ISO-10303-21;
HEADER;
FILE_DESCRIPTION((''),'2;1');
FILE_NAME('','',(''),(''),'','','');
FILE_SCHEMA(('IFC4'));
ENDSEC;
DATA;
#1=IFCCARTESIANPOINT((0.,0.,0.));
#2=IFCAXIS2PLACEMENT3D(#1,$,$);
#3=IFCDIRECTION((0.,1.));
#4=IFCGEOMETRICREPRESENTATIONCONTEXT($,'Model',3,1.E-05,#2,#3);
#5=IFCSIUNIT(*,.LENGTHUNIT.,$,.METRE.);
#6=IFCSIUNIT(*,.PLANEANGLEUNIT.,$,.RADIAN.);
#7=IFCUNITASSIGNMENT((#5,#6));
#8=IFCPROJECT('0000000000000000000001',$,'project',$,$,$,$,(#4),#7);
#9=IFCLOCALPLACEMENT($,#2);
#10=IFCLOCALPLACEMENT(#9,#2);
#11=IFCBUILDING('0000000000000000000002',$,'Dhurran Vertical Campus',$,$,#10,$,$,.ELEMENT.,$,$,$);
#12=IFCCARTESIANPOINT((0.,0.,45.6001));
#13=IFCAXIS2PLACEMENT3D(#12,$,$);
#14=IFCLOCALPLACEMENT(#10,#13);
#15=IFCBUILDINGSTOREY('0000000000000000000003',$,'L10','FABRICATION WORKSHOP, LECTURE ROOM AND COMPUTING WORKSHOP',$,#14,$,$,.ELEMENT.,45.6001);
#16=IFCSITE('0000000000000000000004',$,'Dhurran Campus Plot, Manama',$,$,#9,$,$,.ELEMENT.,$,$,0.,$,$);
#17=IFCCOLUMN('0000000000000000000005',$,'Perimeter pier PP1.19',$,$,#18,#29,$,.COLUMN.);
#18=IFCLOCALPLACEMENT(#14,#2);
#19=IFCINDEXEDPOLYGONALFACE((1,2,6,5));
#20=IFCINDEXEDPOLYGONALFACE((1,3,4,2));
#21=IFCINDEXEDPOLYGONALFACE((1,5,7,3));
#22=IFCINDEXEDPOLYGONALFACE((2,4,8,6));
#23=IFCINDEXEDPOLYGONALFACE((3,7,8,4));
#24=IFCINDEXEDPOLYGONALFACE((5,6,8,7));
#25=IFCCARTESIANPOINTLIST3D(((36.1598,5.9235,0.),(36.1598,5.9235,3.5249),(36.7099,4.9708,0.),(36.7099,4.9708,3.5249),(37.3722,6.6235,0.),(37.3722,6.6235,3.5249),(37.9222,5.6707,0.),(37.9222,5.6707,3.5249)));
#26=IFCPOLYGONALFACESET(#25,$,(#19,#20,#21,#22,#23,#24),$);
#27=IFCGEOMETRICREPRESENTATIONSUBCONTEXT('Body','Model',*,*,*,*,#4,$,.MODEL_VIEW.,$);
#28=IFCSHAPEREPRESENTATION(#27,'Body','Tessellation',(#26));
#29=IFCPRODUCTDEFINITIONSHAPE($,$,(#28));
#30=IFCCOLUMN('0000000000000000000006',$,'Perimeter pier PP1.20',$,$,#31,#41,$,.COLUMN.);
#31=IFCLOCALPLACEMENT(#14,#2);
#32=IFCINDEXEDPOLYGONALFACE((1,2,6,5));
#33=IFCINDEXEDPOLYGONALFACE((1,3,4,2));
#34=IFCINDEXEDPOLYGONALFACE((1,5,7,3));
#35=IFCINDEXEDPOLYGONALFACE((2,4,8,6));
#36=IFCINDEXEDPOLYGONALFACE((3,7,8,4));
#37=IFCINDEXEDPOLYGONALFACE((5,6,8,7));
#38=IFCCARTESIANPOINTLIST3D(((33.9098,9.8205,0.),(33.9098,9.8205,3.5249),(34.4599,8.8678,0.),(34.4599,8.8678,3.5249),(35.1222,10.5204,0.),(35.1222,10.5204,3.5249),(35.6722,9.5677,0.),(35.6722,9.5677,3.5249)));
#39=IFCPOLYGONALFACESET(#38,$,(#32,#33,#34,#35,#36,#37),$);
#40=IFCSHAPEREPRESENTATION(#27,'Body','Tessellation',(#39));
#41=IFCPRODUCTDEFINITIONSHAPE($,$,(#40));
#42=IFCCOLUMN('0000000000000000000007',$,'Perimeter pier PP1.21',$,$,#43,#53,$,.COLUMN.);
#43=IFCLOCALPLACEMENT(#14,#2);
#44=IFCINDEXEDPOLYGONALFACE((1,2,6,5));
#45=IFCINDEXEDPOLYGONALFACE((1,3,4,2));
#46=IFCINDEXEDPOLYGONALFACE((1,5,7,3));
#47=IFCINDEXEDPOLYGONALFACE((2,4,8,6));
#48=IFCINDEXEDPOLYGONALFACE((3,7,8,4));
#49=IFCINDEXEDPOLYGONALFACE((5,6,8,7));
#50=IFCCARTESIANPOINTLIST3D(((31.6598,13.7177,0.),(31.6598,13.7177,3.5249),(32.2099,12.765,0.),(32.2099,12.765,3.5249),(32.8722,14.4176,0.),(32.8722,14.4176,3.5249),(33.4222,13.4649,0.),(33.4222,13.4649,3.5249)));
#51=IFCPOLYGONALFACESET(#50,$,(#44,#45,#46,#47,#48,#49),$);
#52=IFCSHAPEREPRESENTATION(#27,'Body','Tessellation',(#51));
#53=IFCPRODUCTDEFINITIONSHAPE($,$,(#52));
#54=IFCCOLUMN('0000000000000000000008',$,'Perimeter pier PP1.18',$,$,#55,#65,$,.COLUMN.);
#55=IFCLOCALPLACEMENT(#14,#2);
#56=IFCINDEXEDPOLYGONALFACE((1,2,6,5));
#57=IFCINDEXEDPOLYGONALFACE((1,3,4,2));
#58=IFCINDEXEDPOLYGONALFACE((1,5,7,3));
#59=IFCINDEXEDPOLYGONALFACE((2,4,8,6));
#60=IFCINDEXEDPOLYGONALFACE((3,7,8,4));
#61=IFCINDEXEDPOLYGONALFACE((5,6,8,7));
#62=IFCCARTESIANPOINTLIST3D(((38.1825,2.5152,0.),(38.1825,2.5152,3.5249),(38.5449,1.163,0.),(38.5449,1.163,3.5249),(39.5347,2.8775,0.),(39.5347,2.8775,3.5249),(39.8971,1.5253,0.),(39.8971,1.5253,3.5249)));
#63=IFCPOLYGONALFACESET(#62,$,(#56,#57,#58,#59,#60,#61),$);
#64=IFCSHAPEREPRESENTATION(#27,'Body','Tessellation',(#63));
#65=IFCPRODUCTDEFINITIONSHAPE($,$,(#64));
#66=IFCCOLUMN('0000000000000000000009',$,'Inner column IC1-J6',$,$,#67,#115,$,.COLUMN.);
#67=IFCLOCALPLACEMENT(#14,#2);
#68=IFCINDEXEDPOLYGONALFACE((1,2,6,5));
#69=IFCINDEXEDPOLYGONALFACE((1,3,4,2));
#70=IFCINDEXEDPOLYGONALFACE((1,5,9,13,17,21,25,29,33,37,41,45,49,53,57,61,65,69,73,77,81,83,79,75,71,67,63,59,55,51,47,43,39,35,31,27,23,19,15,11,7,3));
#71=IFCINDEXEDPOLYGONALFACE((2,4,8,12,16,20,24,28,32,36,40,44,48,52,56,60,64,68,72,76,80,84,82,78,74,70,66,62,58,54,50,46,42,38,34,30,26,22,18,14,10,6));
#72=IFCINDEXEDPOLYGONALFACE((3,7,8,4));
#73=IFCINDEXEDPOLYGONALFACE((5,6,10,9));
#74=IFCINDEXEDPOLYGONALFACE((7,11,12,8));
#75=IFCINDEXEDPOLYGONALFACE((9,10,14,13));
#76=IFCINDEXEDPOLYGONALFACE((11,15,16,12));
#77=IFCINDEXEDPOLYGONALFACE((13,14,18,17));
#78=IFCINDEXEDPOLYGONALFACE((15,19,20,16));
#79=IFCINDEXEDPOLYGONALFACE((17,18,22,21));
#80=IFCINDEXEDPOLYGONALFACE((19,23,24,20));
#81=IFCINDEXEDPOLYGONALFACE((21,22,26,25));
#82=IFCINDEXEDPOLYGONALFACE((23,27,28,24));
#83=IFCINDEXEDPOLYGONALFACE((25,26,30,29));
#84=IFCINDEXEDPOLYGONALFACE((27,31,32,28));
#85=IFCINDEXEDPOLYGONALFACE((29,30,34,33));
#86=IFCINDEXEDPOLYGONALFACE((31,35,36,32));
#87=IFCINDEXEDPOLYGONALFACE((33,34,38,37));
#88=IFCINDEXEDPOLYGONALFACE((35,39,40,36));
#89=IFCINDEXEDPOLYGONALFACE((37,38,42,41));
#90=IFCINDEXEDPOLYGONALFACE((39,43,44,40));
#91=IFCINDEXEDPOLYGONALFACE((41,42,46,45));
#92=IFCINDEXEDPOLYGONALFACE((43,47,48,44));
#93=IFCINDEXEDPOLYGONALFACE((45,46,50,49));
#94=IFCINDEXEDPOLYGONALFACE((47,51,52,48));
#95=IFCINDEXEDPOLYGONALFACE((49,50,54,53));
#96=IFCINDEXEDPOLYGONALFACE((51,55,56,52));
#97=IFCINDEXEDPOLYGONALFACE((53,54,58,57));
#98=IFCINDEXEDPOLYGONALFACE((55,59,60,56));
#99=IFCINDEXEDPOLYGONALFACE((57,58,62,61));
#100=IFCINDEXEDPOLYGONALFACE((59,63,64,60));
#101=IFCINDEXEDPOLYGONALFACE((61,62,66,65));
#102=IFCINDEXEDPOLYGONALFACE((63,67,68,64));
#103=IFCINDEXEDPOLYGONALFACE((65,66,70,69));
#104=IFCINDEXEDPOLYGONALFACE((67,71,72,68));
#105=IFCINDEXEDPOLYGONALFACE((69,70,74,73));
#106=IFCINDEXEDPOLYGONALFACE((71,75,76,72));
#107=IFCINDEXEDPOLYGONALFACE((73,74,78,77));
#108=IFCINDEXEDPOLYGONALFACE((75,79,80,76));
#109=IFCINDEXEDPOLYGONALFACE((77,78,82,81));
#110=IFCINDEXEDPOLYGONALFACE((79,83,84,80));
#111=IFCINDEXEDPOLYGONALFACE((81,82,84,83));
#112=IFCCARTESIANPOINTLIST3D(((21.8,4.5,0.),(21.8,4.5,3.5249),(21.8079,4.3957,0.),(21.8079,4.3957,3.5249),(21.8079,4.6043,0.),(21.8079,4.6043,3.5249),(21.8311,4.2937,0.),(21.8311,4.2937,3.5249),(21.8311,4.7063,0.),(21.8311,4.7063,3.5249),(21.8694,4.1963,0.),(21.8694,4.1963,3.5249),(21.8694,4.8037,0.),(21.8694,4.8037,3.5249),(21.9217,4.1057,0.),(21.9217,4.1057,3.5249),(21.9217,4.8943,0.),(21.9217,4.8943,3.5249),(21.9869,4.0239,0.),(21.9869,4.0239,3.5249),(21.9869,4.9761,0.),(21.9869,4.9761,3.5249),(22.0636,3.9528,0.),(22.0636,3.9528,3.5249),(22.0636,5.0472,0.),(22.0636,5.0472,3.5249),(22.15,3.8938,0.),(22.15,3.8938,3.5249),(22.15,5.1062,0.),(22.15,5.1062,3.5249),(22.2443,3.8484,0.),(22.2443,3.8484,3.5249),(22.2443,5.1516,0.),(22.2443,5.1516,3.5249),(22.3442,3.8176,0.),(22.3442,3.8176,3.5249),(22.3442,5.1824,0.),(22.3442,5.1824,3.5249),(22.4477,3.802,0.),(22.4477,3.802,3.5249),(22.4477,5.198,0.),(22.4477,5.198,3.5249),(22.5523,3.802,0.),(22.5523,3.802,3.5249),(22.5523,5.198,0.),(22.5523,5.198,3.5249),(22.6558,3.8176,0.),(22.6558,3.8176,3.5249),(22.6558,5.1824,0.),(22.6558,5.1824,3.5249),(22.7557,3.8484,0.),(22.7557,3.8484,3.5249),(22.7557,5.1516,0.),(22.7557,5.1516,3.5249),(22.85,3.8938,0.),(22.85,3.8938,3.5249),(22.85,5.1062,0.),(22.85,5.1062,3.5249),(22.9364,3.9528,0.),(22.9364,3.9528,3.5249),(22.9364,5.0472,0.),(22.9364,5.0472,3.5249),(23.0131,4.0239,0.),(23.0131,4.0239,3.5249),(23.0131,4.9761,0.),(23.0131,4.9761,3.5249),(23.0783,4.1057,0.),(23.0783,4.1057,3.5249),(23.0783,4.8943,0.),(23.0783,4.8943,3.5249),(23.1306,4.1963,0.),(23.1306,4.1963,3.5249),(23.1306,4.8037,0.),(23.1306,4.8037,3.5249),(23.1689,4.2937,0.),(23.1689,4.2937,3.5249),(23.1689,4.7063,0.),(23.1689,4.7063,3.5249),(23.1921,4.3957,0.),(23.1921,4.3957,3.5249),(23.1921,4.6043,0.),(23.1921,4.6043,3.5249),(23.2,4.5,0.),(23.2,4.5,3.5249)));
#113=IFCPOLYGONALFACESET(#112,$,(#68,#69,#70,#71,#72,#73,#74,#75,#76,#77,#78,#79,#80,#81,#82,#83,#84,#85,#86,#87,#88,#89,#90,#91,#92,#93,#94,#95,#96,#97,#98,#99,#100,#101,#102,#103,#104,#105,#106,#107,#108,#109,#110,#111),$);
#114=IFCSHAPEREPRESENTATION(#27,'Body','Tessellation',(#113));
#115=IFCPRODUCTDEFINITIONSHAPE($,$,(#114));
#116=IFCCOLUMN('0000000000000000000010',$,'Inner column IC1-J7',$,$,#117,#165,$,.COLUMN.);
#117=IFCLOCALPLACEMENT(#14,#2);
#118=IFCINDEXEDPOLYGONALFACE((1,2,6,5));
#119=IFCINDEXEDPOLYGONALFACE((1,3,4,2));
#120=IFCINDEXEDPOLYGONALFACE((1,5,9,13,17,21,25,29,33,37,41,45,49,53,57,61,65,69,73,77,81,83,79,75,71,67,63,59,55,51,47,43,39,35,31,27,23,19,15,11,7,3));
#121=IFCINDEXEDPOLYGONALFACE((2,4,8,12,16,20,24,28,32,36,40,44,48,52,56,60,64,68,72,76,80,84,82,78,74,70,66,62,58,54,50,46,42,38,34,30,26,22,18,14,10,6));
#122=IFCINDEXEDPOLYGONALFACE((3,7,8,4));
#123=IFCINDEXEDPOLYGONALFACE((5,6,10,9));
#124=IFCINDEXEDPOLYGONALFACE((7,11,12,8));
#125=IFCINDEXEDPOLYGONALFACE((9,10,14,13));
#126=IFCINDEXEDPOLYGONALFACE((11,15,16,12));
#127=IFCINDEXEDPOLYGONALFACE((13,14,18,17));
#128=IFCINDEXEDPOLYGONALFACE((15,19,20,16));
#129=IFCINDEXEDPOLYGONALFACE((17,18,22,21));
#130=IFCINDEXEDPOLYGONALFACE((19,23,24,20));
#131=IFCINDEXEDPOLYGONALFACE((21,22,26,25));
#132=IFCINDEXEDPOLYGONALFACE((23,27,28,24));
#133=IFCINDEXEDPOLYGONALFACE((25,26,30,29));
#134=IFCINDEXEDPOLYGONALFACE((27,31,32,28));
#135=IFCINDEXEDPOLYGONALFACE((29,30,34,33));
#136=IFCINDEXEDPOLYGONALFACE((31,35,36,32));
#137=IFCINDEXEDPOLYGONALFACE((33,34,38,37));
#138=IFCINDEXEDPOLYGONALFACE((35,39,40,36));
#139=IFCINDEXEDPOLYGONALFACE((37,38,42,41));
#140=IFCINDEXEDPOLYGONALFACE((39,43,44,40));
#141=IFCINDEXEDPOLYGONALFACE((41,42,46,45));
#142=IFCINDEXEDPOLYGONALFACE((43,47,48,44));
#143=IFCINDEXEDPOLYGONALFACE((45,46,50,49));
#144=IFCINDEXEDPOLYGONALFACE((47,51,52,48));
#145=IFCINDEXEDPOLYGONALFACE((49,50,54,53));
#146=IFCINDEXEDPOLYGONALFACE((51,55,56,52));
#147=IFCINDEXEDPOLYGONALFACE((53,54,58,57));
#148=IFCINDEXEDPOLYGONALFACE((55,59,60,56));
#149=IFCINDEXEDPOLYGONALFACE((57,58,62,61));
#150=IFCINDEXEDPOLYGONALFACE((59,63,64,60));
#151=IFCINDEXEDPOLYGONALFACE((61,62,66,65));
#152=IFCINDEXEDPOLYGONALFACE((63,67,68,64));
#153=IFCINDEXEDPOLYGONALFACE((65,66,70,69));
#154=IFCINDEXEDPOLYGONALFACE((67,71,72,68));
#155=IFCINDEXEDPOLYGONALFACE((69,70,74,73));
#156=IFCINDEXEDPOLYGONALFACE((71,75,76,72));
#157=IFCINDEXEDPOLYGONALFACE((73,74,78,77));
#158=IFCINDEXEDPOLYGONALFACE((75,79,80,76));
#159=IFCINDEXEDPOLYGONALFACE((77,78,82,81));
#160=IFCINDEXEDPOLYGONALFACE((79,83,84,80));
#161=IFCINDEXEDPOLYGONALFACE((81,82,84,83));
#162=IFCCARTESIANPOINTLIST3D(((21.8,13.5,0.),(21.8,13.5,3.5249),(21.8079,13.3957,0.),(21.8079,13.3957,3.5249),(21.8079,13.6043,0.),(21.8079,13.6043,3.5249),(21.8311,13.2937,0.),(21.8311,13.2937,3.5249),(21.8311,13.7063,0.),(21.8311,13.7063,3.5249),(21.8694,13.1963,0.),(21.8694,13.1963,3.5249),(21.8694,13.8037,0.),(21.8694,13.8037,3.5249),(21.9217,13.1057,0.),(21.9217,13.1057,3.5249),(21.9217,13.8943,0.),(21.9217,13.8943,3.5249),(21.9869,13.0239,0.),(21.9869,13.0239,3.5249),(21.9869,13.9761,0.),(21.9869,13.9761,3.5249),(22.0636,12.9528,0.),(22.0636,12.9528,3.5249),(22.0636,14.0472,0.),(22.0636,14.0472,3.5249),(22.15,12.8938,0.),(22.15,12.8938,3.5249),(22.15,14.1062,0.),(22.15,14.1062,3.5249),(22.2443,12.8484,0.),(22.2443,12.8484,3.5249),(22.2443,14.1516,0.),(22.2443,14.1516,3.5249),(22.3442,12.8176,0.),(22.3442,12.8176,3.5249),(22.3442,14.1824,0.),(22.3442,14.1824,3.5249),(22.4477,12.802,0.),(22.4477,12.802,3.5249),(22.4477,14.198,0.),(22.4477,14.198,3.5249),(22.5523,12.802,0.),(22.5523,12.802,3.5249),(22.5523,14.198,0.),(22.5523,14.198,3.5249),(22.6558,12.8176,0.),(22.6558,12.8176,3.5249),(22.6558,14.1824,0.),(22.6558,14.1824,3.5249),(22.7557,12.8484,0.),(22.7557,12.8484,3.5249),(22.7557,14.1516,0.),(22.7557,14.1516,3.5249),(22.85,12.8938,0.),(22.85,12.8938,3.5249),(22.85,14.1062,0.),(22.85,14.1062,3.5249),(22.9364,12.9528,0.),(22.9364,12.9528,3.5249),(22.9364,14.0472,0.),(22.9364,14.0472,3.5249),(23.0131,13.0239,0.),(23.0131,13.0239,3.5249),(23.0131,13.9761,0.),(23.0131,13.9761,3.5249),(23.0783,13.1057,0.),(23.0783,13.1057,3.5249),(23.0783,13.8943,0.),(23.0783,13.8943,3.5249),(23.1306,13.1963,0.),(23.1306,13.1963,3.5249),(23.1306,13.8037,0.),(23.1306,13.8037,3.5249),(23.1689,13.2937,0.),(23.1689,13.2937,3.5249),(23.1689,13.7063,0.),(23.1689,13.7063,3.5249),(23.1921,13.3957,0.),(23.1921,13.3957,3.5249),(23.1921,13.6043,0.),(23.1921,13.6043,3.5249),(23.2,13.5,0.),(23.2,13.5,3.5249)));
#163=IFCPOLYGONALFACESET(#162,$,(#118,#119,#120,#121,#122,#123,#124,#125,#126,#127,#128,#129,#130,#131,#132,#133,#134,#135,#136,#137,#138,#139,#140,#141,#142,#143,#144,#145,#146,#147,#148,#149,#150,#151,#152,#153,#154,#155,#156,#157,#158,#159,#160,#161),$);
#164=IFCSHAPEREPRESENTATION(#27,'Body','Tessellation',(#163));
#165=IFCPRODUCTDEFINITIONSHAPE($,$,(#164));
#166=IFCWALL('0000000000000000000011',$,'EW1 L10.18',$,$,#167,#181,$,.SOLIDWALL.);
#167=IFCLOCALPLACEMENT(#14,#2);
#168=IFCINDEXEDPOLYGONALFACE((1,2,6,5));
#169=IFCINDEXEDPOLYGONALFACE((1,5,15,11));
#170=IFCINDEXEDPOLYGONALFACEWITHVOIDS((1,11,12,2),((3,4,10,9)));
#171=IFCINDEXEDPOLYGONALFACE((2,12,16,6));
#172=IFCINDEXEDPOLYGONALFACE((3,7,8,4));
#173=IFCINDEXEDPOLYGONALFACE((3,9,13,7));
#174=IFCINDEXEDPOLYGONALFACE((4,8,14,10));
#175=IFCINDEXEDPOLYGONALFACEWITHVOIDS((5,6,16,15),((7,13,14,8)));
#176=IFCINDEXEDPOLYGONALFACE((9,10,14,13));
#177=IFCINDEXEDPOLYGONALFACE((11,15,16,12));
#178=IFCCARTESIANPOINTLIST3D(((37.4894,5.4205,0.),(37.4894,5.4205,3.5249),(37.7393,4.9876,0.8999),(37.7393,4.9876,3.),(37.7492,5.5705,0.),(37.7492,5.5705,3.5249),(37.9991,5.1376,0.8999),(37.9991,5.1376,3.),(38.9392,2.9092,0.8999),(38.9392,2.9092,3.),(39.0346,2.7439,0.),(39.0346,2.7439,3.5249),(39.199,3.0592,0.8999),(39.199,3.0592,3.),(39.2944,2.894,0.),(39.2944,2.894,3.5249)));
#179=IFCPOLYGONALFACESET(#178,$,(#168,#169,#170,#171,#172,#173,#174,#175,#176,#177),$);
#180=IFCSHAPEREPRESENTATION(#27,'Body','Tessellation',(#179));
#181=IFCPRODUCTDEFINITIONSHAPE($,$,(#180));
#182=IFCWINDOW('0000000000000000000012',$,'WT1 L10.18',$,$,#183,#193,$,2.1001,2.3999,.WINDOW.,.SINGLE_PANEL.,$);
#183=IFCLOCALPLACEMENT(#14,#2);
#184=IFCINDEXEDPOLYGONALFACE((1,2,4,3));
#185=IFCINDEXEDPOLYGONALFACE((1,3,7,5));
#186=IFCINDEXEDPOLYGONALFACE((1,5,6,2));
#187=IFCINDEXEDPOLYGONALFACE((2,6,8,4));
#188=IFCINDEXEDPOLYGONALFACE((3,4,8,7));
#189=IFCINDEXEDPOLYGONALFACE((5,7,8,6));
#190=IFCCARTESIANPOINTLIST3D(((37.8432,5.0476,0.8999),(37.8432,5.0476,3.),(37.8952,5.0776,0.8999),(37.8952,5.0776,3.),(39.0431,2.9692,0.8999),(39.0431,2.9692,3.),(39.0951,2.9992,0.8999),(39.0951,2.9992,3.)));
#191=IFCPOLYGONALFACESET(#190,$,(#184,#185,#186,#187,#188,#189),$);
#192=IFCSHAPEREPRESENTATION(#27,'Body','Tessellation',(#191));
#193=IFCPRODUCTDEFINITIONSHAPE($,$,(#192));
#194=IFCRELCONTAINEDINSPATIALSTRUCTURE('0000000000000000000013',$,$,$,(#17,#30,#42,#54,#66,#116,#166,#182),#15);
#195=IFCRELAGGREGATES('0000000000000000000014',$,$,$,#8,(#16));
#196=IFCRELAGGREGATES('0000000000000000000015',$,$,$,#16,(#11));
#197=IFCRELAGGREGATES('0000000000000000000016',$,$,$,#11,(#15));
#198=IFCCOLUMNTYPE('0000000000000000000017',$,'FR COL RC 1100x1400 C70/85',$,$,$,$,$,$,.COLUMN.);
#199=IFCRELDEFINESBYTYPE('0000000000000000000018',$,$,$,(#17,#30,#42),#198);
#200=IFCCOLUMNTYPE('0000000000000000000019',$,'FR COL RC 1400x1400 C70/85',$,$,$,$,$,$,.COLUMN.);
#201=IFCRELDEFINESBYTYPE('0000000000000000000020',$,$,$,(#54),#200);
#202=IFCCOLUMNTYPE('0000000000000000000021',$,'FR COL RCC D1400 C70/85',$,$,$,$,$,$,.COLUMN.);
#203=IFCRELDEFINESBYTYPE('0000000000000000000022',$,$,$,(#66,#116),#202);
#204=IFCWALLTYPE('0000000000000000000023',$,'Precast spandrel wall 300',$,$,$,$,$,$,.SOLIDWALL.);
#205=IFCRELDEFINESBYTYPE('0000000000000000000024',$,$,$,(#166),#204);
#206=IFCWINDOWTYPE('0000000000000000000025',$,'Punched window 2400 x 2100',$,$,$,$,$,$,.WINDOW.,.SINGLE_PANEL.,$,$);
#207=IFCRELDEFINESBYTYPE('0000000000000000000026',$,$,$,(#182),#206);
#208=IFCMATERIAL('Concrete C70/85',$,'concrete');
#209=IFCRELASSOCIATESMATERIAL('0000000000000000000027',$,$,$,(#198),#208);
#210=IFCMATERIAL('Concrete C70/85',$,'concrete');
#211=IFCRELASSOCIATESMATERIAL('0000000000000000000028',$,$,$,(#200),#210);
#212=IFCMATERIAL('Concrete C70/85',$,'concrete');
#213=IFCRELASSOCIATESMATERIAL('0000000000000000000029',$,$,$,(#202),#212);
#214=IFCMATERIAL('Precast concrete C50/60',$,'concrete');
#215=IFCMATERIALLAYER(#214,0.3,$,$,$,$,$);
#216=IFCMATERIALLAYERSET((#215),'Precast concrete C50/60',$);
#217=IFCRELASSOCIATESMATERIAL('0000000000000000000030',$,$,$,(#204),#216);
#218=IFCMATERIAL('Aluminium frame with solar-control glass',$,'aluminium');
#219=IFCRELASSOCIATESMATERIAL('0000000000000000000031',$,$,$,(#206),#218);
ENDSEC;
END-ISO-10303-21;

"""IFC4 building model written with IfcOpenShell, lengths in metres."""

from ifc_helpers import new_model, si_unit, direction, frame, frame_2d, origin, origin_2d, place, context, subcontext, project, spatial, rectangle, circle, extrude, material, layer, layer_set, material_profile, profile_set, type_object, element, fill, save


model = new_model("IFC4")

# Units and contexts
model_context = context("Model", 3, precision=1e-05, world=origin(), true_north=direction((0.0, 1.0)))
body_context = subcontext(model_context, "Body", "Model", "MODEL_VIEW")
ifc_project = project(units=[si_unit("LENGTHUNIT", "METRE"), si_unit("PLANEANGLEUNIT", "RADIAN")], contexts=[model_context])

# Site, building, storey
site_placement = place(None, origin())
site = spatial("IfcSite", under=ifc_project, at=site_placement, Name="Dhurran Campus Plot, Manama", CompositionType="ELEMENT", RefElevation=0.0)
building_placement = place(site_placement, origin())
building = spatial("IfcBuilding", under=site, at=building_placement, Name="Dhurran Vertical Campus", CompositionType="ELEMENT")
storey_placement = place(building_placement, frame((0.0, 0.0, 45.6001)))
storey = spatial("IfcBuildingStorey", under=building, at=storey_placement, Name="L10", Description="FABRICATION WORKSHOP, LECTURE ROOM AND COMPUTING WORKSHOP", CompositionType="ELEMENT", Elevation=45.6001)

# Columns
ifc_material_1 = material(Name="Concrete C70/85", Category="concrete")
ifc_material_profile_1 = material_profile(ifc_material_1, rectangle(XDim=1.1001, YDim=1.3999, at=origin_2d()), Name="RC 1100x1400")
ifc_profile_set_1 = profile_set([ifc_material_profile_1], Name="Concrete C70/85")
column_type_1 = type_object("IfcColumnType", Name="FR COL RC 1100x1400 C70/85", PredefinedType="COLUMN", material=ifc_profile_set_1)
for number, where, z_axis, x_axis, name in (
    (1, (37.041, 5.7971, 0.0), (0.0, 0.0, 1.0), (-0.5, 0.866025, 0.0), "Perimeter pier PP1.19"),
    (2, (34.791, 9.6941, 0.0), (0.0, 0.0, 1.0), (-0.5, 0.866025, 0.0), "Perimeter pier PP1.20"),
    (3, (32.541, 13.5913, 0.0), (0.0, 0.0, 1.0), (-0.5, 0.866025, 0.0), "Perimeter pier PP1.21"),
):
    element("IfcColumn", number, at=place(storey_placement, frame(where, z_axis=z_axis, x_axis=x_axis)), inside=storey, type_object=column_type_1, Name=name, PredefinedType="COLUMN", context=body_context, shape_type="SweptSolid", body=[
        extrude(rectangle(XDim=1.1001, YDim=1.3999, at=origin_2d()), origin(), (0.0, 0.0, 1.0), 3.5249),
    ])
ifc_material_2 = material(Name="Concrete C70/85", Category="concrete")
ifc_material_profile_2 = material_profile(ifc_material_2, rectangle(XDim=1.3999, YDim=1.3999, at=origin_2d()), Name="RC 1400x1400")
ifc_profile_set_2 = profile_set([ifc_material_profile_2], Name="Concrete C70/85")
column_type_2 = type_object("IfcColumnType", Name="FR COL RC 1400x1400 C70/85", PredefinedType="COLUMN", material=ifc_profile_set_2)
column_placement = place(storey_placement, frame((39.0398, 2.0203, 0.0), z_axis=(0.0, 0.0, 1.0), x_axis=(-0.258819, 0.965926, 0.0)))
element("IfcColumn", 4, at=column_placement, inside=storey, type_object=column_type_2, Name="Perimeter pier PP1.18", PredefinedType="COLUMN", context=body_context, shape_type="SweptSolid", body=[
    extrude(rectangle(XDim=1.3999, YDim=1.3999, at=origin_2d()), origin(), (0.0, 0.0, 1.0), 3.5249),
])
ifc_material_3 = material(Name="Concrete C70/85", Category="concrete")
ifc_material_profile_3 = material_profile(ifc_material_3, circle(Radius=0.7, at=origin_2d()), Name="RCC D1400")
ifc_profile_set_3 = profile_set([ifc_material_profile_3], Name="Concrete C70/85")
column_type_3 = type_object("IfcColumnType", Name="FR COL RCC D1400 C70/85", PredefinedType="COLUMN", material=ifc_profile_set_3)
for number, where, z_axis, x_axis, name in (
    (5, (22.5, 4.5, 0.0), (0.0, 0.0, 1.0), (1.0, 0.0, 0.0), "Inner column IC1-J6"),
    (6, (22.5, 13.5, 0.0), (0.0, 0.0, 1.0), (1.0, 0.0, 0.0), "Inner column IC1-J7"),
):
    element("IfcColumn", number, at=place(storey_placement, frame(where, z_axis=z_axis, x_axis=x_axis)), inside=storey, type_object=column_type_3, Name=name, PredefinedType="COLUMN", context=body_context, shape_type="SweptSolid", body=[
        extrude(circle(Radius=0.7, at=origin_2d()), origin(), (0.0, 0.0, 1.0), 3.5249),
    ])

# Wall, opening, window
ifc_material_4 = material(Name="Precast concrete C50/60", Category="concrete")
ifc_layer_1 = layer(ifc_material_4, 0.3)
ifc_layer_set_1 = layer_set([ifc_layer_1], Name="Precast concrete C50/60")
wall_type_1 = type_object("IfcWallType", Name="Precast spandrel wall 300", PredefinedType="SOLIDWALL", material=ifc_layer_set_1)
wall_1_placement = place(storey_placement, frame((39.1646, 2.8188, 0.0), z_axis=(0.0, 0.0, 1.0), x_axis=(-0.499971, 0.866042, 0.0)))
wall_1 = element("IfcWall", 7, at=wall_1_placement, inside=storey, type_object=wall_type_1, Name="EW1 L10.18", PredefinedType="SOLIDWALL", context=body_context, shape_type="SweptSolid", body=[
    extrude(rectangle(XDim=3.0906, YDim=0.3, at=frame_2d((1.5454, 0.0))), origin(), (0.0, 0.0, 1.0), 3.5249),
])
opening_1_placement = place(wall_1_placement, frame((0.1909, 0.0, 0.8999)))
opening_1 = element("IfcOpeningElement", 8, at=opening_1_placement, cuts=wall_1, PredefinedType="OPENING", context=body_context, shape_type="SweptSolid", body=[
    extrude(rectangle(XDim=2.3999, YDim=2.1001, at=frame_2d((1.2, 1.05))), frame((0.0, 0.1599, 0.0), z_axis=(0.0, -1.0, 0.0), x_axis=(1.0, 0.0, 0.0)), (0.0, 0.0, 1.0), 0.3201),
])
ifc_material_5 = material(Name="Aluminium frame with solar-control glass", Category="aluminium")
window_type = type_object("IfcWindowType", Name="Punched window 2400 x 2100", PartitioningType="SINGLE_PANEL", PredefinedType="WINDOW", material=ifc_material_5)
window_1_placement = place(opening_1_placement, origin())
window_1 = element("IfcWindow", 9, at=window_1_placement, inside=storey, type_object=window_type, Name="WT1 L10.18", OverallHeight=2.1001, OverallWidth=2.3999, PartitioningType="SINGLE_PANEL", PredefinedType="WINDOW", context=body_context, shape_type="SweptSolid", body=[
    extrude(rectangle(XDim=2.3999, YDim=2.1001, at=frame_2d((1.2, 1.05))), frame((0.0, 0.03, 0.0), z_axis=(0.0, -1.0, 0.0), x_axis=(1.0, 0.0, 0.0)), (0.0, 0.0, 1.0), 0.0601),
])
fill(opening_1, window_1)

save(model, "model.ifc")
